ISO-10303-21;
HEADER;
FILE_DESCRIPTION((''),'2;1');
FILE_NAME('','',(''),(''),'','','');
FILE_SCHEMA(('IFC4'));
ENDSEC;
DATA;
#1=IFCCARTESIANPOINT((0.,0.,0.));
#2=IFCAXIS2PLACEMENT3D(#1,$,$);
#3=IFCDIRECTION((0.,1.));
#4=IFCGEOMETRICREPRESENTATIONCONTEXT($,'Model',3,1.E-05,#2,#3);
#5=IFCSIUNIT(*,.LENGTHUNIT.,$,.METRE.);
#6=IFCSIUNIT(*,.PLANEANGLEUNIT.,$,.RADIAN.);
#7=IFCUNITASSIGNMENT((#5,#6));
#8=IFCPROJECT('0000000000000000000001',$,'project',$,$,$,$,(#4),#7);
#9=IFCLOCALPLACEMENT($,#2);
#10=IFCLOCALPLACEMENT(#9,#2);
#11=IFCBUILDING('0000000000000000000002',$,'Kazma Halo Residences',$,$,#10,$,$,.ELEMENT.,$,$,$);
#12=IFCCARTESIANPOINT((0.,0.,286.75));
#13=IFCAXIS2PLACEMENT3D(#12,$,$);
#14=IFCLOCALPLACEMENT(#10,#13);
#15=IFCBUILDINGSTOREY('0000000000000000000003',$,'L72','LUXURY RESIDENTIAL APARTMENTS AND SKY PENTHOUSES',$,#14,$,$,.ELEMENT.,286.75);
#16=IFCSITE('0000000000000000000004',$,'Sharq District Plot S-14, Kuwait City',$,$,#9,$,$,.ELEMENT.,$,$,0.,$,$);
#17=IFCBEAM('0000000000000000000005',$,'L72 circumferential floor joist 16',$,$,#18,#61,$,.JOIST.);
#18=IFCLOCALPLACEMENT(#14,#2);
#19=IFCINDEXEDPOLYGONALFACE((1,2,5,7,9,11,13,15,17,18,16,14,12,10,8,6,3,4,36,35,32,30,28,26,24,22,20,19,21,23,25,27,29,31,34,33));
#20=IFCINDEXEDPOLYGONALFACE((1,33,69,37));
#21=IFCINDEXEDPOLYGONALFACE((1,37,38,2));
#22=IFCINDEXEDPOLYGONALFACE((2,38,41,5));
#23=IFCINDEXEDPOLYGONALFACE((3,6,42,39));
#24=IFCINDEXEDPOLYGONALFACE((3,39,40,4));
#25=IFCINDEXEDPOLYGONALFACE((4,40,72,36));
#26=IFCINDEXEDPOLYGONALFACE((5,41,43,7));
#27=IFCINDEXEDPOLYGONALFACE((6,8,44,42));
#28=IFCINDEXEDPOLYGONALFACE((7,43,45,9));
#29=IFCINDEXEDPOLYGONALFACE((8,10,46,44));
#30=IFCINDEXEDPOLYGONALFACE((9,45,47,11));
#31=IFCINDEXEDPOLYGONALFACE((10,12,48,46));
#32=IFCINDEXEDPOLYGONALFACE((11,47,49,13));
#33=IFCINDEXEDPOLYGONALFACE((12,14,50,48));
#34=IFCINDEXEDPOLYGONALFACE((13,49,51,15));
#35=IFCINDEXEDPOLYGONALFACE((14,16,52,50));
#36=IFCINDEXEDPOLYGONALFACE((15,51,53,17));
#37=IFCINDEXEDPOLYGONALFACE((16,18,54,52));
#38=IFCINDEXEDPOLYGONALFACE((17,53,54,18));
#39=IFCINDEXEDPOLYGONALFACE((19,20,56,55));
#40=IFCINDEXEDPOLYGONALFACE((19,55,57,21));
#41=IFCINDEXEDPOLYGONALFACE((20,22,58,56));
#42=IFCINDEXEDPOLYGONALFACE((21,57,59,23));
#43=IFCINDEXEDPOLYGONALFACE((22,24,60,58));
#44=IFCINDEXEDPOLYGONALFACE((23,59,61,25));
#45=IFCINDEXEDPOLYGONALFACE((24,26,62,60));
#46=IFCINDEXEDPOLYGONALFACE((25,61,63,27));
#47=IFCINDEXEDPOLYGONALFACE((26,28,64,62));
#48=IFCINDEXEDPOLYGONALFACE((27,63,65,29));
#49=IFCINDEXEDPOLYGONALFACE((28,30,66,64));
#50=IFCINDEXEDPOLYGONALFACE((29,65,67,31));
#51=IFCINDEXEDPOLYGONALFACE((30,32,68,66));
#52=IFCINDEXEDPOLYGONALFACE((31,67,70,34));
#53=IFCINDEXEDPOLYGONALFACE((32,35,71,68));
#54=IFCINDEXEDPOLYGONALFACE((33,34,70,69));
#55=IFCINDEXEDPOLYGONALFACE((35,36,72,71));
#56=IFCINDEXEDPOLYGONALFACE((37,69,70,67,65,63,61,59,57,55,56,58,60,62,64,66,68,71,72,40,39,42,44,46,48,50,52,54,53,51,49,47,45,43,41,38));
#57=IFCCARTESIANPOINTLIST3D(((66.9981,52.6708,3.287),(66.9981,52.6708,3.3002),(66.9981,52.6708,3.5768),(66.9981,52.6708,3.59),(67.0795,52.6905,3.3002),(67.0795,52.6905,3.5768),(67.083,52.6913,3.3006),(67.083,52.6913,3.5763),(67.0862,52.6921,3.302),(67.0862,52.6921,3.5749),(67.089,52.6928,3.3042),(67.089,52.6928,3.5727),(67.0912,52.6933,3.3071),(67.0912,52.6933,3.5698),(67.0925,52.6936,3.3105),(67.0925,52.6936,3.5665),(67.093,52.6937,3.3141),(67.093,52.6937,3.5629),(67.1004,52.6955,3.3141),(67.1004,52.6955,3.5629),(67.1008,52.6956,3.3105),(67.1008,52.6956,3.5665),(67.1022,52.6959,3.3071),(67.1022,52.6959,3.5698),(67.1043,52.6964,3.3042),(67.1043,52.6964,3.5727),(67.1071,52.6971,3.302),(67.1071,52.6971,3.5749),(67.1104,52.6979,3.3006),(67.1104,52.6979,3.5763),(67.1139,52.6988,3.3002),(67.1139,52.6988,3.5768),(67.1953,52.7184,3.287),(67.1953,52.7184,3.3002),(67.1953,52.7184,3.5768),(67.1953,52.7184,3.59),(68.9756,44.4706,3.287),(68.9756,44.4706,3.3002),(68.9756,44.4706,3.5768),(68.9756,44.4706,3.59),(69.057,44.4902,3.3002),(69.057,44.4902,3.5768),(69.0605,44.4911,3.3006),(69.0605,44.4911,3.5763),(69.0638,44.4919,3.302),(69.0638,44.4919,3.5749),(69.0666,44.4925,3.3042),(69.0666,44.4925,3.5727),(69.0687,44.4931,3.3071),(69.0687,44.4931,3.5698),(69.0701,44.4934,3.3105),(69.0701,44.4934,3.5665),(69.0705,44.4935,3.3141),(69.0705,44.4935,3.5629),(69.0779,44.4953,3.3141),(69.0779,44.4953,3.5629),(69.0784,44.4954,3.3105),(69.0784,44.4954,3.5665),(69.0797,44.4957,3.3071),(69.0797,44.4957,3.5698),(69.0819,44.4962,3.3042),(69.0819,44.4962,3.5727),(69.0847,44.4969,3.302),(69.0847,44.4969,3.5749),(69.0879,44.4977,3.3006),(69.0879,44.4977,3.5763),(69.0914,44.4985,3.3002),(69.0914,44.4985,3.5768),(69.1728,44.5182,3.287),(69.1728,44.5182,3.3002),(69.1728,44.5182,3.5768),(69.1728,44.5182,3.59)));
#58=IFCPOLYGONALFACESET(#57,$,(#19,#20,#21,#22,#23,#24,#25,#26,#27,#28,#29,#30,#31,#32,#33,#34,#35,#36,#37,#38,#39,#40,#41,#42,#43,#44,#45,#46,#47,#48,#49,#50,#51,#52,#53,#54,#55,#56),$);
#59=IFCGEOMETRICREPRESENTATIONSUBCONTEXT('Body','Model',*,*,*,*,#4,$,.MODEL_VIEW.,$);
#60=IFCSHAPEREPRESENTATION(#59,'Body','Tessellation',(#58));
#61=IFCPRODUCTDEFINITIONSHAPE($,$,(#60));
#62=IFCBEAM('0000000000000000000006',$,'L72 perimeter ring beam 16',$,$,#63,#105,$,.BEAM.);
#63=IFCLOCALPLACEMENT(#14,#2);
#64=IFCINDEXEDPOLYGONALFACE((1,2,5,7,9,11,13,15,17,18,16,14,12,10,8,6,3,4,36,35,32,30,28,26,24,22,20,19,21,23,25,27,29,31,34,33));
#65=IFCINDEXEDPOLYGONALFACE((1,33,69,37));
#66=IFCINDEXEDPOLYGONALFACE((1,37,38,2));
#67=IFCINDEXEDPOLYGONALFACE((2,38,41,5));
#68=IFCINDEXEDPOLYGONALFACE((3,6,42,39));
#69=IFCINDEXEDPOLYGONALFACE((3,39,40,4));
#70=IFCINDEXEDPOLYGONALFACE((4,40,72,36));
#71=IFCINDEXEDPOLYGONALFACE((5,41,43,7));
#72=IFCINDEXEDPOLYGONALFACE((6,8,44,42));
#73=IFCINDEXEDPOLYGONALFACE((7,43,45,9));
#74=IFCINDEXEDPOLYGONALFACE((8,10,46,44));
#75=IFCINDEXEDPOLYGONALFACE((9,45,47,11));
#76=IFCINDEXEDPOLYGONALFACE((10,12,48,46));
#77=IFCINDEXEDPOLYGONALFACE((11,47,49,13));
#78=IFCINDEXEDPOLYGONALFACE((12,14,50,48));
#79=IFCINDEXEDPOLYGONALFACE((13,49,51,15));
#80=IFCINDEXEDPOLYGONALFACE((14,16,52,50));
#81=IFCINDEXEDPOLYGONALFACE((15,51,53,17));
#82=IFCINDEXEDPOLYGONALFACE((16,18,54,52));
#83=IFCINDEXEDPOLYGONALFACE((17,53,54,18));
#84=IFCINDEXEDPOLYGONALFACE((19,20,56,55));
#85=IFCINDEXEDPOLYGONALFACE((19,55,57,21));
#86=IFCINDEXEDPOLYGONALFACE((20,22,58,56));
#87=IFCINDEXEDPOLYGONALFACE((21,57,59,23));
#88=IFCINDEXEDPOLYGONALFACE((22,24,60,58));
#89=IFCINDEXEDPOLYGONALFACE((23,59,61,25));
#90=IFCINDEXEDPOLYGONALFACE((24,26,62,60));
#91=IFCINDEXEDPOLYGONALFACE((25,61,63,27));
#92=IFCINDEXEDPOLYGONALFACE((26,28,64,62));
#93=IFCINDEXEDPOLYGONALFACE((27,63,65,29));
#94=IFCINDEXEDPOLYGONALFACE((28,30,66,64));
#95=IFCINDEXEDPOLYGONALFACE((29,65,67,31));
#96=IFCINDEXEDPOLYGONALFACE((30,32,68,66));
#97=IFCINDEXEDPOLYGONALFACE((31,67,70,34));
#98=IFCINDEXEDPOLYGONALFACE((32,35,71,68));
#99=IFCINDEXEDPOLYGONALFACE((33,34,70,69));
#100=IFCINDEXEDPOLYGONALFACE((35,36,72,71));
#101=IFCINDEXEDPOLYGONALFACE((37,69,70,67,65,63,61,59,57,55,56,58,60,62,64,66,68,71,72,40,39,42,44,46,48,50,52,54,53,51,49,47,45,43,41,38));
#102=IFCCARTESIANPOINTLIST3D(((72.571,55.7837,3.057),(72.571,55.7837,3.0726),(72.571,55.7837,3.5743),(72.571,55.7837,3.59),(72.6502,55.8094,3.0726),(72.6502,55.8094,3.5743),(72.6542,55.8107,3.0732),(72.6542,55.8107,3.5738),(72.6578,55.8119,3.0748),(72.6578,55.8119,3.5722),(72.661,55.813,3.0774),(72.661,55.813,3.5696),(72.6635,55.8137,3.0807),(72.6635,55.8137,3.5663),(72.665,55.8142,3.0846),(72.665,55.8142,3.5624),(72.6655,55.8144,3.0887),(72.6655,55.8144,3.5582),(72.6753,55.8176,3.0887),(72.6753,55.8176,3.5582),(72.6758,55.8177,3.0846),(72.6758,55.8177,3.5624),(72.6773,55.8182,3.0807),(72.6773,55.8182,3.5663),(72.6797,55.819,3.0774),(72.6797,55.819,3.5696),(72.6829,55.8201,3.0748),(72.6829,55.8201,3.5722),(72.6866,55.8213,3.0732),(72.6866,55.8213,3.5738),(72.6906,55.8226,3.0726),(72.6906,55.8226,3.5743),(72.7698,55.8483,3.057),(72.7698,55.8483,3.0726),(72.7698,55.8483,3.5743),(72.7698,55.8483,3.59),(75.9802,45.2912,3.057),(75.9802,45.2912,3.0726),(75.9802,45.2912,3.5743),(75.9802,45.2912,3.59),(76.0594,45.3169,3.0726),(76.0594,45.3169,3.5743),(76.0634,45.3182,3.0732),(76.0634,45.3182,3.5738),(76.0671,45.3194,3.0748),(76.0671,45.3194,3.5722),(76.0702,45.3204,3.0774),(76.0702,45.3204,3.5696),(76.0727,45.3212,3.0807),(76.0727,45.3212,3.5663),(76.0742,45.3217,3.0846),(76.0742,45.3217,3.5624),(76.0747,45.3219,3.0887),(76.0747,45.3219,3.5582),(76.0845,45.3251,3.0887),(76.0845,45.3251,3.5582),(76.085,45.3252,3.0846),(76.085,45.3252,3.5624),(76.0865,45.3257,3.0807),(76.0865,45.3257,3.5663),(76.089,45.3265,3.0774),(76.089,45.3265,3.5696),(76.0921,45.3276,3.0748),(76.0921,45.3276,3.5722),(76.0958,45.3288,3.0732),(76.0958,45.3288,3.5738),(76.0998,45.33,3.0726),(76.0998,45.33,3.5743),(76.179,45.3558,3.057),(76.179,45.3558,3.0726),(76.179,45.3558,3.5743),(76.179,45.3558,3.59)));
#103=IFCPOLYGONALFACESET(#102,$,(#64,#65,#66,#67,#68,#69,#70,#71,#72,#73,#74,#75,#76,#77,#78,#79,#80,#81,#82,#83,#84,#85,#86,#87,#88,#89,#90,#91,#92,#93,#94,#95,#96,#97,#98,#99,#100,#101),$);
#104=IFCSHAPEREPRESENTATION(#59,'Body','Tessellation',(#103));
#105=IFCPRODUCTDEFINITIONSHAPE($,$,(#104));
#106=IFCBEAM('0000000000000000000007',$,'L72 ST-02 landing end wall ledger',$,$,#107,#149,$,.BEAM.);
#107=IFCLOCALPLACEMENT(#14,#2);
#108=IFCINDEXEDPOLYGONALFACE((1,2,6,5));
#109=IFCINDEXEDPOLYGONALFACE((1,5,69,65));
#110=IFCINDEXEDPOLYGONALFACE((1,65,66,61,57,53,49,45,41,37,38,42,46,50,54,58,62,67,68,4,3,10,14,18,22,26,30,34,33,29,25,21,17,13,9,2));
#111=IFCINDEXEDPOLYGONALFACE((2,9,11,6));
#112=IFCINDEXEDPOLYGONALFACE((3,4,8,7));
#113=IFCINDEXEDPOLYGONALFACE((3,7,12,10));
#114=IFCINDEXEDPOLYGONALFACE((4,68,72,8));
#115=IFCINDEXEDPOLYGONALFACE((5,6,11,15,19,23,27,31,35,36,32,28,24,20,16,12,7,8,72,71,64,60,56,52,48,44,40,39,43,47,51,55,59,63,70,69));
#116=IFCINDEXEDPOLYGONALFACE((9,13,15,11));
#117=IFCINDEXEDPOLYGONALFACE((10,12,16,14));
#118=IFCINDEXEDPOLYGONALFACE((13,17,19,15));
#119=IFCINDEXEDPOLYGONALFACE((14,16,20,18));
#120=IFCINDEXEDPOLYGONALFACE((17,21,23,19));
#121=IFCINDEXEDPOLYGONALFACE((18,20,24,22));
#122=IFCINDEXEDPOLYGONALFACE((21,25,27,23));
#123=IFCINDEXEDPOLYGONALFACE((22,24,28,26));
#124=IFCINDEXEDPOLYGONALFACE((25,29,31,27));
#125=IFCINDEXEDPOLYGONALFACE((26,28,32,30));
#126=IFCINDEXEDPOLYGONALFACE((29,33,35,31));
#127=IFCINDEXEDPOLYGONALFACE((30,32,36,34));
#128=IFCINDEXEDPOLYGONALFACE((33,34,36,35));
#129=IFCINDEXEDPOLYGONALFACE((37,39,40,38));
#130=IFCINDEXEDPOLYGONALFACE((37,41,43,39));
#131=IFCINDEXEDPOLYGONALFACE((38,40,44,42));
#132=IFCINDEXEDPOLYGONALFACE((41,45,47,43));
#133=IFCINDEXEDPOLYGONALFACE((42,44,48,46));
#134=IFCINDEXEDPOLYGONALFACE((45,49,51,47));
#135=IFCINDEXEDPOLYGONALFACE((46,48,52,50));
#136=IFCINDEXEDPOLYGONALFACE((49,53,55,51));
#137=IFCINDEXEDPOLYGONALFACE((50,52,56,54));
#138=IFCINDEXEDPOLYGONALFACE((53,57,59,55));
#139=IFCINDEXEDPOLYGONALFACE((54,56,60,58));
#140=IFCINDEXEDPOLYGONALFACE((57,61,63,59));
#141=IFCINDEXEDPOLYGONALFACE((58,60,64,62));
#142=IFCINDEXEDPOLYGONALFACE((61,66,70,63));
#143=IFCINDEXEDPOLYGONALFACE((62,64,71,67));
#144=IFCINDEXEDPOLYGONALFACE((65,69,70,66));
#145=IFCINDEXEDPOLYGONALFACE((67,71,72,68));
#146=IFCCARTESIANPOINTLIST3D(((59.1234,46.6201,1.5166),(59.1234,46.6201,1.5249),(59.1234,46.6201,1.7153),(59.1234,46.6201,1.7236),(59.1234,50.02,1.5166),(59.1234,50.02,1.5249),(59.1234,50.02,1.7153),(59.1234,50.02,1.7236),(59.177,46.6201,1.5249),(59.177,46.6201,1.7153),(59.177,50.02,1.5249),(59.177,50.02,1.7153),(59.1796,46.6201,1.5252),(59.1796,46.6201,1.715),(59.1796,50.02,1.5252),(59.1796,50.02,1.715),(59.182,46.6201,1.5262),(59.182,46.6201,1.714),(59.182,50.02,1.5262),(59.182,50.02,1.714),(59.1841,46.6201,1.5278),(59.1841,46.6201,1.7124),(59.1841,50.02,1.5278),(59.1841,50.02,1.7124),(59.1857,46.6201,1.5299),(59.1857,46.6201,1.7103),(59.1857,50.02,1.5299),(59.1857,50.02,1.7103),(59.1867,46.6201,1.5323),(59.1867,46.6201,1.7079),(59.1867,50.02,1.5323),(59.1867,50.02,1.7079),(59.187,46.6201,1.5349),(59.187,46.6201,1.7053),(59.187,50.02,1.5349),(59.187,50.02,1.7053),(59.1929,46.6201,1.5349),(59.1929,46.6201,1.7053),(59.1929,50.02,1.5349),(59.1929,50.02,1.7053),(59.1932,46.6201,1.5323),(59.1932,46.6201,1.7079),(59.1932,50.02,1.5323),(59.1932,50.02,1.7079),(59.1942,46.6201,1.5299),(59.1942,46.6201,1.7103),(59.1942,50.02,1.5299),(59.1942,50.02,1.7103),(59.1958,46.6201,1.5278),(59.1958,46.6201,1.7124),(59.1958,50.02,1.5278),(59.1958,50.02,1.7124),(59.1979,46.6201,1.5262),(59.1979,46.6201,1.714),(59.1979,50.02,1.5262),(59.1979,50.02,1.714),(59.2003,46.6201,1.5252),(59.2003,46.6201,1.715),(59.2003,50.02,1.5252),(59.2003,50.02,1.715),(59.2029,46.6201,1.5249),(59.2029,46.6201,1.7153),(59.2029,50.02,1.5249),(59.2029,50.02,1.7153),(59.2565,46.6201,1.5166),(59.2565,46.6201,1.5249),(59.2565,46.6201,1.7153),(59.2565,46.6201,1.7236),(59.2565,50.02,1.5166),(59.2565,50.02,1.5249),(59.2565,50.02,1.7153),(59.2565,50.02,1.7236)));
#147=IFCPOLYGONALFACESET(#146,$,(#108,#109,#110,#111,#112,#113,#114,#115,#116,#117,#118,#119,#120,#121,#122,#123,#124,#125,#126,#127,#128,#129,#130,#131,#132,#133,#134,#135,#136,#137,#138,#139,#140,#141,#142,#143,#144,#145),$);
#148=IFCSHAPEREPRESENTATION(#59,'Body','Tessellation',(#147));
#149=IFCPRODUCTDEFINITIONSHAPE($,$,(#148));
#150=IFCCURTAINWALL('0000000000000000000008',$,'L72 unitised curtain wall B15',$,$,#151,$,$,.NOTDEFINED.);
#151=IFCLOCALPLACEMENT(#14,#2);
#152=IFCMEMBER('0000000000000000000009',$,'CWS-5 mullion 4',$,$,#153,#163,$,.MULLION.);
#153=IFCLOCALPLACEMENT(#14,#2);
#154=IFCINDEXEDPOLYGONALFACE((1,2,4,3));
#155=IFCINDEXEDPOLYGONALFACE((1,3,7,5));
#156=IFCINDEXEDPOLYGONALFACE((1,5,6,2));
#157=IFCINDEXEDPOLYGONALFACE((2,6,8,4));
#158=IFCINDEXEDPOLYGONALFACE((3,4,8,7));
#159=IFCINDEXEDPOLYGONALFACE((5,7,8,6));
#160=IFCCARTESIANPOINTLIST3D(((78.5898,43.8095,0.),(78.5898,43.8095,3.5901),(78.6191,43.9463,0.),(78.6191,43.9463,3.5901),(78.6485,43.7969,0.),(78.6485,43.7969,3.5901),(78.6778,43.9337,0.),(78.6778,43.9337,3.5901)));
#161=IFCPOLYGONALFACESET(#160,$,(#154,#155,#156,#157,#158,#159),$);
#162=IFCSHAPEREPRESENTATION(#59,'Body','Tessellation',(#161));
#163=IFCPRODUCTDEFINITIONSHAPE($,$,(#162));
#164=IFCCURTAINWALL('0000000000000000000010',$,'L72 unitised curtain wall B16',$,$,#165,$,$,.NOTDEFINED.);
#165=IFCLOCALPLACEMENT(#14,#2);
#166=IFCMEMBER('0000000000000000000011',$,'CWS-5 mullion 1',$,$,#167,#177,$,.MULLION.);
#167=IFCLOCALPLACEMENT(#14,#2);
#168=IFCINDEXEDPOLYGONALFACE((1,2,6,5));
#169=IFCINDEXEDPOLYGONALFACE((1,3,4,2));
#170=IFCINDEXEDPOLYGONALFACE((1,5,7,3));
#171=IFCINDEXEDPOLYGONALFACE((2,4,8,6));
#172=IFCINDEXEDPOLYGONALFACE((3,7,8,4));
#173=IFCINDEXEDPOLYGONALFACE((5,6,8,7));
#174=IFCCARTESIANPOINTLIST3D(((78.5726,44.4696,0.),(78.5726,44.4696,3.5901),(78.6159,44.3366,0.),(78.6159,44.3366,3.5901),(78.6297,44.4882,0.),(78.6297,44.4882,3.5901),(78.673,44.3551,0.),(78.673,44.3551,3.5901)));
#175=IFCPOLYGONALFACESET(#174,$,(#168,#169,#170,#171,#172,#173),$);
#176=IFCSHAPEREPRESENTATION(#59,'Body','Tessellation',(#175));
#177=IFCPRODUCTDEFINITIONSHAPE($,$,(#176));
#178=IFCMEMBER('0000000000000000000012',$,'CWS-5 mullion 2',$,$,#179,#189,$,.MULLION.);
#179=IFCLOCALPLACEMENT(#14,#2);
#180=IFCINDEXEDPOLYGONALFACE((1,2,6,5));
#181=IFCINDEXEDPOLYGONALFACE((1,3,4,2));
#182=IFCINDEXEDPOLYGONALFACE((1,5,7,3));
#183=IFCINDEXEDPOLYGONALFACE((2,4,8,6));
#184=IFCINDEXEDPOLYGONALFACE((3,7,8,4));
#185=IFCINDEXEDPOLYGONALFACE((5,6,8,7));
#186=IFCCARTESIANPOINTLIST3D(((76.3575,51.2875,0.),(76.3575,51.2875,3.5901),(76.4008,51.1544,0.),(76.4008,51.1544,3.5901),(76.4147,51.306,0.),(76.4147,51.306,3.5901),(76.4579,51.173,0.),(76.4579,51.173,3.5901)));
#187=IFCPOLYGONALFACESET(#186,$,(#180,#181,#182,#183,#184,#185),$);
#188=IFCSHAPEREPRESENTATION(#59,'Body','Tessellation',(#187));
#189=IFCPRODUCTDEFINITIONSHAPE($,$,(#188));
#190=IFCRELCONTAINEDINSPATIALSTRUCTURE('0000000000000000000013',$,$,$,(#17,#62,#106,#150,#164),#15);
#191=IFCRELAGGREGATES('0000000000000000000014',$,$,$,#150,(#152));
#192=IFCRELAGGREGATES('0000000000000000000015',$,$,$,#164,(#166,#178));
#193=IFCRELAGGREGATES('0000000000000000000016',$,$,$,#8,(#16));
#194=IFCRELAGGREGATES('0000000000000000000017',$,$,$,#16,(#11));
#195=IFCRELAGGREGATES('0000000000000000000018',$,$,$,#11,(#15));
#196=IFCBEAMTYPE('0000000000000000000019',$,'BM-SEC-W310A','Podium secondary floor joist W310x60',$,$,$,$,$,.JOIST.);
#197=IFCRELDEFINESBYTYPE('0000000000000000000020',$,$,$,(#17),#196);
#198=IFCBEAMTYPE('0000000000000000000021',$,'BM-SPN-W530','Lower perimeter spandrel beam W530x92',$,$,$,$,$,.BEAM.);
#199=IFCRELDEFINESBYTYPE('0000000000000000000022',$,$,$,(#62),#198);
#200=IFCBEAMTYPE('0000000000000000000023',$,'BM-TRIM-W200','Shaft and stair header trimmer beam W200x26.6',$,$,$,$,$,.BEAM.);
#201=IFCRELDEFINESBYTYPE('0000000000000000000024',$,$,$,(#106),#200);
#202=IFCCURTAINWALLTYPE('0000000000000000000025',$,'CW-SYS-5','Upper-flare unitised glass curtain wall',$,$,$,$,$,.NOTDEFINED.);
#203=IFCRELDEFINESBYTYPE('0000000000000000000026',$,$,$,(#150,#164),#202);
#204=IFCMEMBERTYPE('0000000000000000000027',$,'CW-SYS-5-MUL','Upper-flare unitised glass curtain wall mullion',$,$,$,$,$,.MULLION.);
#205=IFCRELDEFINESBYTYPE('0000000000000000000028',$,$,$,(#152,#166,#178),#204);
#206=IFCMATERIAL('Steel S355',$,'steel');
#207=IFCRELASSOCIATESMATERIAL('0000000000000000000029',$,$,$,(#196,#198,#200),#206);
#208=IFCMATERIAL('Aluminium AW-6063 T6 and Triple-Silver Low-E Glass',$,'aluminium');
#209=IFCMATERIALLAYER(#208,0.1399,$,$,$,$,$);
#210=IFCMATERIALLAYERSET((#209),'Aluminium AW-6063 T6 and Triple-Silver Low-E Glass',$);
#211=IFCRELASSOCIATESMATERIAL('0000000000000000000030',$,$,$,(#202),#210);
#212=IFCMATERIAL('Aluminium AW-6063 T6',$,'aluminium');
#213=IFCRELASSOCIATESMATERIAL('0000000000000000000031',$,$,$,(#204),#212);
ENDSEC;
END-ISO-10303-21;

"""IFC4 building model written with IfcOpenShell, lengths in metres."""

from ifc_helpers import new_model, si_unit, direction, frame, origin, origin_2d, place, context, subcontext, project, spatial, rectangle, i_section, extrude, material, layer, layer_set, material_profile, profile_set, type_object, element, aggregate, save


model = new_model("IFC4")

# Units and contexts
model_context = context("Model", 3, precision=1e-05, world=origin(), true_north=direction((0.0, 1.0)))
body_context = subcontext(model_context, "Body", "Model", "MODEL_VIEW")
ifc_project = project(units=[si_unit("LENGTHUNIT", "METRE"), si_unit("PLANEANGLEUNIT", "RADIAN")], contexts=[model_context])

# Site, building, storey
site_placement = place(None, origin())
site = spatial("IfcSite", under=ifc_project, at=site_placement, Name="Sharq District Plot S-14, Kuwait City", CompositionType="ELEMENT", RefElevation=0.0)
building_placement = place(site_placement, origin())
building = spatial("IfcBuilding", under=site, at=building_placement, Name="Kazma Halo Residences", CompositionType="ELEMENT")
storey_placement = place(building_placement, frame((0.0, 0.0, 286.75)))
storey = spatial("IfcBuildingStorey", under=building, at=storey_placement, Name="L72", Description="LUXURY RESIDENTIAL APARTMENTS AND SKY PENTHOUSES", CompositionType="ELEMENT", Elevation=286.75)

# Beams
ifc_material_1 = material(Name="Steel S355", Category="steel")
ifc_material_profile_1 = material_profile(ifc_material_1, i_section(OverallWidth=0.2029, OverallDepth=0.303, WebThickness=0.0076, FlangeThickness=0.0132, FilletRadius=0.0139, at=origin_2d()), Name="W310x60")
ifc_profile_set_1 = profile_set([ifc_material_profile_1], Name="Steel S355")
beam_type_1 = type_object("IfcBeamType", Name="BM-SEC-W310A", Description="Podium secondary floor joist W310x60", PredefinedType="JOIST", material=ifc_profile_set_1)
beam_1_placement = place(storey_placement, frame((69.0742, 44.4944, 3.4385), z_axis=(-0.234437, 0.972131, 0.0), x_axis=(-0.972131, -0.234437, 0.0)))
element("IfcBeam", 1, at=beam_1_placement, inside=storey, type_object=beam_type_1, Name="L72 circumferential floor joist 16", PredefinedType="JOIST", context=body_context, shape_type="SweptSolid", body=[
    extrude(i_section(OverallWidth=0.2029, OverallDepth=0.303, WebThickness=0.0076, FlangeThickness=0.0132, FilletRadius=0.0139, at=origin_2d()), origin(), (0.0, 0.0, 1.0), 8.4353),
])
ifc_material_profile_2 = material_profile(ifc_material_1, i_section(OverallWidth=0.209, OverallDepth=0.533, WebThickness=0.0103, FlangeThickness=0.0156, FilletRadius=0.0161, at=origin_2d()), Name="W530x92")
ifc_profile_set_2 = profile_set([ifc_material_profile_2], Name="Steel S355")
beam_type_2 = type_object("IfcBeamType", Name="BM-SPN-W530", Description="Lower perimeter spandrel beam W530x92", PredefinedType="BEAM", material=ifc_profile_set_2)
beam_2_placement = place(storey_placement, frame((76.0796, 45.3235, 3.3235), z_axis=(-0.309016, 0.951057, 0.0), x_axis=(-0.951057, -0.309016, 0.0)))
element("IfcBeam", 2, at=beam_2_placement, inside=storey, type_object=beam_type_2, Name="L72 perimeter ring beam 16", PredefinedType="BEAM", context=body_context, shape_type="SweptSolid", body=[
    extrude(i_section(OverallWidth=0.209, OverallDepth=0.533, WebThickness=0.0103, FlangeThickness=0.0156, FilletRadius=0.0161, at=origin_2d()), origin(), (0.0, 0.0, 1.0), 11.0325),
])
ifc_material_profile_3 = material_profile(ifc_material_1, i_section(OverallWidth=0.1331, OverallDepth=0.207, WebThickness=0.0059, FlangeThickness=0.0083, FilletRadius=0.01, at=origin_2d()), Name="W200x26.6")
ifc_profile_set_3 = profile_set([ifc_material_profile_3], Name="Steel S355")
beam_type_3 = type_object("IfcBeamType", Name="BM-TRIM-W200", Description="Shaft and stair header trimmer beam W200x26.6", PredefinedType="BEAM", material=ifc_profile_set_3)
beam_3_placement = place(storey_placement, frame((59.1899, 46.6201, 1.6201), z_axis=(0.0, 1.0, 0.0), x_axis=(-1.0, 0.0, 0.0)))
element("IfcBeam", 3, at=beam_3_placement, inside=storey, type_object=beam_type_3, Name="L72 ST-02 landing end wall ledger", PredefinedType="BEAM", context=body_context, shape_type="SweptSolid", body=[
    extrude(i_section(OverallWidth=0.1331, OverallDepth=0.207, WebThickness=0.0059, FlangeThickness=0.0083, FilletRadius=0.01, at=origin_2d()), origin(), (0.0, 0.0, 1.0), 3.3999),
])

# Curtain wall, member
ifc_material_2 = material(Name="Aluminium AW-6063 T6 and Triple-Silver Low-E Glass", Category="aluminium")
ifc_layer_1 = layer(ifc_material_2, 0.1399)
ifc_layer_set_1 = layer_set([ifc_layer_1], Name="Aluminium AW-6063 T6 and Triple-Silver Low-E Glass")
curtain_wall_type = type_object("IfcCurtainWallType", Name="CW-SYS-5", Description="Upper-flare unitised glass curtain wall", PredefinedType="NOTDEFINED", material=ifc_layer_set_1)
curtain_wall_1_placement = place(storey_placement, origin())
curtain_wall_1 = element("IfcCurtainWall", 4, at=curtain_wall_1_placement, inside=storey, type_object=curtain_wall_type, Name="L72 unitised curtain wall B15", PredefinedType="NOTDEFINED")
ifc_material_3 = material(Name="Aluminium AW-6063 T6", Category="aluminium")
ifc_material_profile_4 = material_profile(ifc_material_3, rectangle(XDim=0.0601, YDim=0.1399, at=origin_2d()), Name="CWM-60x140")
ifc_profile_set_4 = profile_set([ifc_material_profile_4], Name="Aluminium AW-6063 T6")
member_type_1 = type_object("IfcMemberType", Name="CW-SYS-5-MUL", Description="Upper-flare unitised glass curtain wall mullion", PredefinedType="MULLION", material=ifc_profile_set_4)
member_1_placement = place(storey_placement, frame((78.6338, 43.8716, 0.0), z_axis=(0.0, 0.0, 1.0), x_axis=(-0.977775, 0.209657, 0.0)))
member_1 = element("IfcMember", 5, at=member_1_placement, type_object=member_type_1, Name="CWS-5 mullion 4", PredefinedType="MULLION", context=body_context, shape_type="SweptSolid", body=[
    extrude(rectangle(XDim=0.0601, YDim=0.1399, at=origin_2d()), origin(), (0.0, 0.0, 1.0), 3.5901),
])
aggregate(curtain_wall_1, [member_1])

# Curtain wall, members
curtain_wall_2_placement = place(storey_placement, origin())
curtain_wall_2 = element("IfcCurtainWall", 6, at=curtain_wall_2_placement, inside=storey, type_object=curtain_wall_type, Name="L72 unitised curtain wall B16", PredefinedType="NOTDEFINED")
member_2_placement = place(storey_placement, frame((78.6228, 44.4124, 0.0), z_axis=(0.0, 0.0, 1.0), x_axis=(-0.951058, -0.309011, 0.0)))
member_2 = element("IfcMember", 7, at=member_2_placement, type_object=member_type_1, Name="CWS-5 mullion 1", PredefinedType="MULLION", context=body_context, shape_type="SweptSolid", body=[
    extrude(rectangle(XDim=0.0601, YDim=0.1399, at=origin_2d()), origin(), (0.0, 0.0, 1.0), 3.5901),
])
member_3_placement = place(storey_placement, frame((76.4077, 51.2302, 0.0), z_axis=(0.0, 0.0, 1.0), x_axis=(-0.951058, -0.309011, 0.0)))
member_3 = element("IfcMember", 8, at=member_3_placement, type_object=member_type_1, Name="CWS-5 mullion 2", PredefinedType="MULLION", context=body_context, shape_type="SweptSolid", body=[
    extrude(rectangle(XDim=0.0601, YDim=0.1399, at=origin_2d()), origin(), (0.0, 0.0, 1.0), 3.5901),
])
aggregate(curtain_wall_2, [member_2, member_3])

save(model, "model.ifc")
